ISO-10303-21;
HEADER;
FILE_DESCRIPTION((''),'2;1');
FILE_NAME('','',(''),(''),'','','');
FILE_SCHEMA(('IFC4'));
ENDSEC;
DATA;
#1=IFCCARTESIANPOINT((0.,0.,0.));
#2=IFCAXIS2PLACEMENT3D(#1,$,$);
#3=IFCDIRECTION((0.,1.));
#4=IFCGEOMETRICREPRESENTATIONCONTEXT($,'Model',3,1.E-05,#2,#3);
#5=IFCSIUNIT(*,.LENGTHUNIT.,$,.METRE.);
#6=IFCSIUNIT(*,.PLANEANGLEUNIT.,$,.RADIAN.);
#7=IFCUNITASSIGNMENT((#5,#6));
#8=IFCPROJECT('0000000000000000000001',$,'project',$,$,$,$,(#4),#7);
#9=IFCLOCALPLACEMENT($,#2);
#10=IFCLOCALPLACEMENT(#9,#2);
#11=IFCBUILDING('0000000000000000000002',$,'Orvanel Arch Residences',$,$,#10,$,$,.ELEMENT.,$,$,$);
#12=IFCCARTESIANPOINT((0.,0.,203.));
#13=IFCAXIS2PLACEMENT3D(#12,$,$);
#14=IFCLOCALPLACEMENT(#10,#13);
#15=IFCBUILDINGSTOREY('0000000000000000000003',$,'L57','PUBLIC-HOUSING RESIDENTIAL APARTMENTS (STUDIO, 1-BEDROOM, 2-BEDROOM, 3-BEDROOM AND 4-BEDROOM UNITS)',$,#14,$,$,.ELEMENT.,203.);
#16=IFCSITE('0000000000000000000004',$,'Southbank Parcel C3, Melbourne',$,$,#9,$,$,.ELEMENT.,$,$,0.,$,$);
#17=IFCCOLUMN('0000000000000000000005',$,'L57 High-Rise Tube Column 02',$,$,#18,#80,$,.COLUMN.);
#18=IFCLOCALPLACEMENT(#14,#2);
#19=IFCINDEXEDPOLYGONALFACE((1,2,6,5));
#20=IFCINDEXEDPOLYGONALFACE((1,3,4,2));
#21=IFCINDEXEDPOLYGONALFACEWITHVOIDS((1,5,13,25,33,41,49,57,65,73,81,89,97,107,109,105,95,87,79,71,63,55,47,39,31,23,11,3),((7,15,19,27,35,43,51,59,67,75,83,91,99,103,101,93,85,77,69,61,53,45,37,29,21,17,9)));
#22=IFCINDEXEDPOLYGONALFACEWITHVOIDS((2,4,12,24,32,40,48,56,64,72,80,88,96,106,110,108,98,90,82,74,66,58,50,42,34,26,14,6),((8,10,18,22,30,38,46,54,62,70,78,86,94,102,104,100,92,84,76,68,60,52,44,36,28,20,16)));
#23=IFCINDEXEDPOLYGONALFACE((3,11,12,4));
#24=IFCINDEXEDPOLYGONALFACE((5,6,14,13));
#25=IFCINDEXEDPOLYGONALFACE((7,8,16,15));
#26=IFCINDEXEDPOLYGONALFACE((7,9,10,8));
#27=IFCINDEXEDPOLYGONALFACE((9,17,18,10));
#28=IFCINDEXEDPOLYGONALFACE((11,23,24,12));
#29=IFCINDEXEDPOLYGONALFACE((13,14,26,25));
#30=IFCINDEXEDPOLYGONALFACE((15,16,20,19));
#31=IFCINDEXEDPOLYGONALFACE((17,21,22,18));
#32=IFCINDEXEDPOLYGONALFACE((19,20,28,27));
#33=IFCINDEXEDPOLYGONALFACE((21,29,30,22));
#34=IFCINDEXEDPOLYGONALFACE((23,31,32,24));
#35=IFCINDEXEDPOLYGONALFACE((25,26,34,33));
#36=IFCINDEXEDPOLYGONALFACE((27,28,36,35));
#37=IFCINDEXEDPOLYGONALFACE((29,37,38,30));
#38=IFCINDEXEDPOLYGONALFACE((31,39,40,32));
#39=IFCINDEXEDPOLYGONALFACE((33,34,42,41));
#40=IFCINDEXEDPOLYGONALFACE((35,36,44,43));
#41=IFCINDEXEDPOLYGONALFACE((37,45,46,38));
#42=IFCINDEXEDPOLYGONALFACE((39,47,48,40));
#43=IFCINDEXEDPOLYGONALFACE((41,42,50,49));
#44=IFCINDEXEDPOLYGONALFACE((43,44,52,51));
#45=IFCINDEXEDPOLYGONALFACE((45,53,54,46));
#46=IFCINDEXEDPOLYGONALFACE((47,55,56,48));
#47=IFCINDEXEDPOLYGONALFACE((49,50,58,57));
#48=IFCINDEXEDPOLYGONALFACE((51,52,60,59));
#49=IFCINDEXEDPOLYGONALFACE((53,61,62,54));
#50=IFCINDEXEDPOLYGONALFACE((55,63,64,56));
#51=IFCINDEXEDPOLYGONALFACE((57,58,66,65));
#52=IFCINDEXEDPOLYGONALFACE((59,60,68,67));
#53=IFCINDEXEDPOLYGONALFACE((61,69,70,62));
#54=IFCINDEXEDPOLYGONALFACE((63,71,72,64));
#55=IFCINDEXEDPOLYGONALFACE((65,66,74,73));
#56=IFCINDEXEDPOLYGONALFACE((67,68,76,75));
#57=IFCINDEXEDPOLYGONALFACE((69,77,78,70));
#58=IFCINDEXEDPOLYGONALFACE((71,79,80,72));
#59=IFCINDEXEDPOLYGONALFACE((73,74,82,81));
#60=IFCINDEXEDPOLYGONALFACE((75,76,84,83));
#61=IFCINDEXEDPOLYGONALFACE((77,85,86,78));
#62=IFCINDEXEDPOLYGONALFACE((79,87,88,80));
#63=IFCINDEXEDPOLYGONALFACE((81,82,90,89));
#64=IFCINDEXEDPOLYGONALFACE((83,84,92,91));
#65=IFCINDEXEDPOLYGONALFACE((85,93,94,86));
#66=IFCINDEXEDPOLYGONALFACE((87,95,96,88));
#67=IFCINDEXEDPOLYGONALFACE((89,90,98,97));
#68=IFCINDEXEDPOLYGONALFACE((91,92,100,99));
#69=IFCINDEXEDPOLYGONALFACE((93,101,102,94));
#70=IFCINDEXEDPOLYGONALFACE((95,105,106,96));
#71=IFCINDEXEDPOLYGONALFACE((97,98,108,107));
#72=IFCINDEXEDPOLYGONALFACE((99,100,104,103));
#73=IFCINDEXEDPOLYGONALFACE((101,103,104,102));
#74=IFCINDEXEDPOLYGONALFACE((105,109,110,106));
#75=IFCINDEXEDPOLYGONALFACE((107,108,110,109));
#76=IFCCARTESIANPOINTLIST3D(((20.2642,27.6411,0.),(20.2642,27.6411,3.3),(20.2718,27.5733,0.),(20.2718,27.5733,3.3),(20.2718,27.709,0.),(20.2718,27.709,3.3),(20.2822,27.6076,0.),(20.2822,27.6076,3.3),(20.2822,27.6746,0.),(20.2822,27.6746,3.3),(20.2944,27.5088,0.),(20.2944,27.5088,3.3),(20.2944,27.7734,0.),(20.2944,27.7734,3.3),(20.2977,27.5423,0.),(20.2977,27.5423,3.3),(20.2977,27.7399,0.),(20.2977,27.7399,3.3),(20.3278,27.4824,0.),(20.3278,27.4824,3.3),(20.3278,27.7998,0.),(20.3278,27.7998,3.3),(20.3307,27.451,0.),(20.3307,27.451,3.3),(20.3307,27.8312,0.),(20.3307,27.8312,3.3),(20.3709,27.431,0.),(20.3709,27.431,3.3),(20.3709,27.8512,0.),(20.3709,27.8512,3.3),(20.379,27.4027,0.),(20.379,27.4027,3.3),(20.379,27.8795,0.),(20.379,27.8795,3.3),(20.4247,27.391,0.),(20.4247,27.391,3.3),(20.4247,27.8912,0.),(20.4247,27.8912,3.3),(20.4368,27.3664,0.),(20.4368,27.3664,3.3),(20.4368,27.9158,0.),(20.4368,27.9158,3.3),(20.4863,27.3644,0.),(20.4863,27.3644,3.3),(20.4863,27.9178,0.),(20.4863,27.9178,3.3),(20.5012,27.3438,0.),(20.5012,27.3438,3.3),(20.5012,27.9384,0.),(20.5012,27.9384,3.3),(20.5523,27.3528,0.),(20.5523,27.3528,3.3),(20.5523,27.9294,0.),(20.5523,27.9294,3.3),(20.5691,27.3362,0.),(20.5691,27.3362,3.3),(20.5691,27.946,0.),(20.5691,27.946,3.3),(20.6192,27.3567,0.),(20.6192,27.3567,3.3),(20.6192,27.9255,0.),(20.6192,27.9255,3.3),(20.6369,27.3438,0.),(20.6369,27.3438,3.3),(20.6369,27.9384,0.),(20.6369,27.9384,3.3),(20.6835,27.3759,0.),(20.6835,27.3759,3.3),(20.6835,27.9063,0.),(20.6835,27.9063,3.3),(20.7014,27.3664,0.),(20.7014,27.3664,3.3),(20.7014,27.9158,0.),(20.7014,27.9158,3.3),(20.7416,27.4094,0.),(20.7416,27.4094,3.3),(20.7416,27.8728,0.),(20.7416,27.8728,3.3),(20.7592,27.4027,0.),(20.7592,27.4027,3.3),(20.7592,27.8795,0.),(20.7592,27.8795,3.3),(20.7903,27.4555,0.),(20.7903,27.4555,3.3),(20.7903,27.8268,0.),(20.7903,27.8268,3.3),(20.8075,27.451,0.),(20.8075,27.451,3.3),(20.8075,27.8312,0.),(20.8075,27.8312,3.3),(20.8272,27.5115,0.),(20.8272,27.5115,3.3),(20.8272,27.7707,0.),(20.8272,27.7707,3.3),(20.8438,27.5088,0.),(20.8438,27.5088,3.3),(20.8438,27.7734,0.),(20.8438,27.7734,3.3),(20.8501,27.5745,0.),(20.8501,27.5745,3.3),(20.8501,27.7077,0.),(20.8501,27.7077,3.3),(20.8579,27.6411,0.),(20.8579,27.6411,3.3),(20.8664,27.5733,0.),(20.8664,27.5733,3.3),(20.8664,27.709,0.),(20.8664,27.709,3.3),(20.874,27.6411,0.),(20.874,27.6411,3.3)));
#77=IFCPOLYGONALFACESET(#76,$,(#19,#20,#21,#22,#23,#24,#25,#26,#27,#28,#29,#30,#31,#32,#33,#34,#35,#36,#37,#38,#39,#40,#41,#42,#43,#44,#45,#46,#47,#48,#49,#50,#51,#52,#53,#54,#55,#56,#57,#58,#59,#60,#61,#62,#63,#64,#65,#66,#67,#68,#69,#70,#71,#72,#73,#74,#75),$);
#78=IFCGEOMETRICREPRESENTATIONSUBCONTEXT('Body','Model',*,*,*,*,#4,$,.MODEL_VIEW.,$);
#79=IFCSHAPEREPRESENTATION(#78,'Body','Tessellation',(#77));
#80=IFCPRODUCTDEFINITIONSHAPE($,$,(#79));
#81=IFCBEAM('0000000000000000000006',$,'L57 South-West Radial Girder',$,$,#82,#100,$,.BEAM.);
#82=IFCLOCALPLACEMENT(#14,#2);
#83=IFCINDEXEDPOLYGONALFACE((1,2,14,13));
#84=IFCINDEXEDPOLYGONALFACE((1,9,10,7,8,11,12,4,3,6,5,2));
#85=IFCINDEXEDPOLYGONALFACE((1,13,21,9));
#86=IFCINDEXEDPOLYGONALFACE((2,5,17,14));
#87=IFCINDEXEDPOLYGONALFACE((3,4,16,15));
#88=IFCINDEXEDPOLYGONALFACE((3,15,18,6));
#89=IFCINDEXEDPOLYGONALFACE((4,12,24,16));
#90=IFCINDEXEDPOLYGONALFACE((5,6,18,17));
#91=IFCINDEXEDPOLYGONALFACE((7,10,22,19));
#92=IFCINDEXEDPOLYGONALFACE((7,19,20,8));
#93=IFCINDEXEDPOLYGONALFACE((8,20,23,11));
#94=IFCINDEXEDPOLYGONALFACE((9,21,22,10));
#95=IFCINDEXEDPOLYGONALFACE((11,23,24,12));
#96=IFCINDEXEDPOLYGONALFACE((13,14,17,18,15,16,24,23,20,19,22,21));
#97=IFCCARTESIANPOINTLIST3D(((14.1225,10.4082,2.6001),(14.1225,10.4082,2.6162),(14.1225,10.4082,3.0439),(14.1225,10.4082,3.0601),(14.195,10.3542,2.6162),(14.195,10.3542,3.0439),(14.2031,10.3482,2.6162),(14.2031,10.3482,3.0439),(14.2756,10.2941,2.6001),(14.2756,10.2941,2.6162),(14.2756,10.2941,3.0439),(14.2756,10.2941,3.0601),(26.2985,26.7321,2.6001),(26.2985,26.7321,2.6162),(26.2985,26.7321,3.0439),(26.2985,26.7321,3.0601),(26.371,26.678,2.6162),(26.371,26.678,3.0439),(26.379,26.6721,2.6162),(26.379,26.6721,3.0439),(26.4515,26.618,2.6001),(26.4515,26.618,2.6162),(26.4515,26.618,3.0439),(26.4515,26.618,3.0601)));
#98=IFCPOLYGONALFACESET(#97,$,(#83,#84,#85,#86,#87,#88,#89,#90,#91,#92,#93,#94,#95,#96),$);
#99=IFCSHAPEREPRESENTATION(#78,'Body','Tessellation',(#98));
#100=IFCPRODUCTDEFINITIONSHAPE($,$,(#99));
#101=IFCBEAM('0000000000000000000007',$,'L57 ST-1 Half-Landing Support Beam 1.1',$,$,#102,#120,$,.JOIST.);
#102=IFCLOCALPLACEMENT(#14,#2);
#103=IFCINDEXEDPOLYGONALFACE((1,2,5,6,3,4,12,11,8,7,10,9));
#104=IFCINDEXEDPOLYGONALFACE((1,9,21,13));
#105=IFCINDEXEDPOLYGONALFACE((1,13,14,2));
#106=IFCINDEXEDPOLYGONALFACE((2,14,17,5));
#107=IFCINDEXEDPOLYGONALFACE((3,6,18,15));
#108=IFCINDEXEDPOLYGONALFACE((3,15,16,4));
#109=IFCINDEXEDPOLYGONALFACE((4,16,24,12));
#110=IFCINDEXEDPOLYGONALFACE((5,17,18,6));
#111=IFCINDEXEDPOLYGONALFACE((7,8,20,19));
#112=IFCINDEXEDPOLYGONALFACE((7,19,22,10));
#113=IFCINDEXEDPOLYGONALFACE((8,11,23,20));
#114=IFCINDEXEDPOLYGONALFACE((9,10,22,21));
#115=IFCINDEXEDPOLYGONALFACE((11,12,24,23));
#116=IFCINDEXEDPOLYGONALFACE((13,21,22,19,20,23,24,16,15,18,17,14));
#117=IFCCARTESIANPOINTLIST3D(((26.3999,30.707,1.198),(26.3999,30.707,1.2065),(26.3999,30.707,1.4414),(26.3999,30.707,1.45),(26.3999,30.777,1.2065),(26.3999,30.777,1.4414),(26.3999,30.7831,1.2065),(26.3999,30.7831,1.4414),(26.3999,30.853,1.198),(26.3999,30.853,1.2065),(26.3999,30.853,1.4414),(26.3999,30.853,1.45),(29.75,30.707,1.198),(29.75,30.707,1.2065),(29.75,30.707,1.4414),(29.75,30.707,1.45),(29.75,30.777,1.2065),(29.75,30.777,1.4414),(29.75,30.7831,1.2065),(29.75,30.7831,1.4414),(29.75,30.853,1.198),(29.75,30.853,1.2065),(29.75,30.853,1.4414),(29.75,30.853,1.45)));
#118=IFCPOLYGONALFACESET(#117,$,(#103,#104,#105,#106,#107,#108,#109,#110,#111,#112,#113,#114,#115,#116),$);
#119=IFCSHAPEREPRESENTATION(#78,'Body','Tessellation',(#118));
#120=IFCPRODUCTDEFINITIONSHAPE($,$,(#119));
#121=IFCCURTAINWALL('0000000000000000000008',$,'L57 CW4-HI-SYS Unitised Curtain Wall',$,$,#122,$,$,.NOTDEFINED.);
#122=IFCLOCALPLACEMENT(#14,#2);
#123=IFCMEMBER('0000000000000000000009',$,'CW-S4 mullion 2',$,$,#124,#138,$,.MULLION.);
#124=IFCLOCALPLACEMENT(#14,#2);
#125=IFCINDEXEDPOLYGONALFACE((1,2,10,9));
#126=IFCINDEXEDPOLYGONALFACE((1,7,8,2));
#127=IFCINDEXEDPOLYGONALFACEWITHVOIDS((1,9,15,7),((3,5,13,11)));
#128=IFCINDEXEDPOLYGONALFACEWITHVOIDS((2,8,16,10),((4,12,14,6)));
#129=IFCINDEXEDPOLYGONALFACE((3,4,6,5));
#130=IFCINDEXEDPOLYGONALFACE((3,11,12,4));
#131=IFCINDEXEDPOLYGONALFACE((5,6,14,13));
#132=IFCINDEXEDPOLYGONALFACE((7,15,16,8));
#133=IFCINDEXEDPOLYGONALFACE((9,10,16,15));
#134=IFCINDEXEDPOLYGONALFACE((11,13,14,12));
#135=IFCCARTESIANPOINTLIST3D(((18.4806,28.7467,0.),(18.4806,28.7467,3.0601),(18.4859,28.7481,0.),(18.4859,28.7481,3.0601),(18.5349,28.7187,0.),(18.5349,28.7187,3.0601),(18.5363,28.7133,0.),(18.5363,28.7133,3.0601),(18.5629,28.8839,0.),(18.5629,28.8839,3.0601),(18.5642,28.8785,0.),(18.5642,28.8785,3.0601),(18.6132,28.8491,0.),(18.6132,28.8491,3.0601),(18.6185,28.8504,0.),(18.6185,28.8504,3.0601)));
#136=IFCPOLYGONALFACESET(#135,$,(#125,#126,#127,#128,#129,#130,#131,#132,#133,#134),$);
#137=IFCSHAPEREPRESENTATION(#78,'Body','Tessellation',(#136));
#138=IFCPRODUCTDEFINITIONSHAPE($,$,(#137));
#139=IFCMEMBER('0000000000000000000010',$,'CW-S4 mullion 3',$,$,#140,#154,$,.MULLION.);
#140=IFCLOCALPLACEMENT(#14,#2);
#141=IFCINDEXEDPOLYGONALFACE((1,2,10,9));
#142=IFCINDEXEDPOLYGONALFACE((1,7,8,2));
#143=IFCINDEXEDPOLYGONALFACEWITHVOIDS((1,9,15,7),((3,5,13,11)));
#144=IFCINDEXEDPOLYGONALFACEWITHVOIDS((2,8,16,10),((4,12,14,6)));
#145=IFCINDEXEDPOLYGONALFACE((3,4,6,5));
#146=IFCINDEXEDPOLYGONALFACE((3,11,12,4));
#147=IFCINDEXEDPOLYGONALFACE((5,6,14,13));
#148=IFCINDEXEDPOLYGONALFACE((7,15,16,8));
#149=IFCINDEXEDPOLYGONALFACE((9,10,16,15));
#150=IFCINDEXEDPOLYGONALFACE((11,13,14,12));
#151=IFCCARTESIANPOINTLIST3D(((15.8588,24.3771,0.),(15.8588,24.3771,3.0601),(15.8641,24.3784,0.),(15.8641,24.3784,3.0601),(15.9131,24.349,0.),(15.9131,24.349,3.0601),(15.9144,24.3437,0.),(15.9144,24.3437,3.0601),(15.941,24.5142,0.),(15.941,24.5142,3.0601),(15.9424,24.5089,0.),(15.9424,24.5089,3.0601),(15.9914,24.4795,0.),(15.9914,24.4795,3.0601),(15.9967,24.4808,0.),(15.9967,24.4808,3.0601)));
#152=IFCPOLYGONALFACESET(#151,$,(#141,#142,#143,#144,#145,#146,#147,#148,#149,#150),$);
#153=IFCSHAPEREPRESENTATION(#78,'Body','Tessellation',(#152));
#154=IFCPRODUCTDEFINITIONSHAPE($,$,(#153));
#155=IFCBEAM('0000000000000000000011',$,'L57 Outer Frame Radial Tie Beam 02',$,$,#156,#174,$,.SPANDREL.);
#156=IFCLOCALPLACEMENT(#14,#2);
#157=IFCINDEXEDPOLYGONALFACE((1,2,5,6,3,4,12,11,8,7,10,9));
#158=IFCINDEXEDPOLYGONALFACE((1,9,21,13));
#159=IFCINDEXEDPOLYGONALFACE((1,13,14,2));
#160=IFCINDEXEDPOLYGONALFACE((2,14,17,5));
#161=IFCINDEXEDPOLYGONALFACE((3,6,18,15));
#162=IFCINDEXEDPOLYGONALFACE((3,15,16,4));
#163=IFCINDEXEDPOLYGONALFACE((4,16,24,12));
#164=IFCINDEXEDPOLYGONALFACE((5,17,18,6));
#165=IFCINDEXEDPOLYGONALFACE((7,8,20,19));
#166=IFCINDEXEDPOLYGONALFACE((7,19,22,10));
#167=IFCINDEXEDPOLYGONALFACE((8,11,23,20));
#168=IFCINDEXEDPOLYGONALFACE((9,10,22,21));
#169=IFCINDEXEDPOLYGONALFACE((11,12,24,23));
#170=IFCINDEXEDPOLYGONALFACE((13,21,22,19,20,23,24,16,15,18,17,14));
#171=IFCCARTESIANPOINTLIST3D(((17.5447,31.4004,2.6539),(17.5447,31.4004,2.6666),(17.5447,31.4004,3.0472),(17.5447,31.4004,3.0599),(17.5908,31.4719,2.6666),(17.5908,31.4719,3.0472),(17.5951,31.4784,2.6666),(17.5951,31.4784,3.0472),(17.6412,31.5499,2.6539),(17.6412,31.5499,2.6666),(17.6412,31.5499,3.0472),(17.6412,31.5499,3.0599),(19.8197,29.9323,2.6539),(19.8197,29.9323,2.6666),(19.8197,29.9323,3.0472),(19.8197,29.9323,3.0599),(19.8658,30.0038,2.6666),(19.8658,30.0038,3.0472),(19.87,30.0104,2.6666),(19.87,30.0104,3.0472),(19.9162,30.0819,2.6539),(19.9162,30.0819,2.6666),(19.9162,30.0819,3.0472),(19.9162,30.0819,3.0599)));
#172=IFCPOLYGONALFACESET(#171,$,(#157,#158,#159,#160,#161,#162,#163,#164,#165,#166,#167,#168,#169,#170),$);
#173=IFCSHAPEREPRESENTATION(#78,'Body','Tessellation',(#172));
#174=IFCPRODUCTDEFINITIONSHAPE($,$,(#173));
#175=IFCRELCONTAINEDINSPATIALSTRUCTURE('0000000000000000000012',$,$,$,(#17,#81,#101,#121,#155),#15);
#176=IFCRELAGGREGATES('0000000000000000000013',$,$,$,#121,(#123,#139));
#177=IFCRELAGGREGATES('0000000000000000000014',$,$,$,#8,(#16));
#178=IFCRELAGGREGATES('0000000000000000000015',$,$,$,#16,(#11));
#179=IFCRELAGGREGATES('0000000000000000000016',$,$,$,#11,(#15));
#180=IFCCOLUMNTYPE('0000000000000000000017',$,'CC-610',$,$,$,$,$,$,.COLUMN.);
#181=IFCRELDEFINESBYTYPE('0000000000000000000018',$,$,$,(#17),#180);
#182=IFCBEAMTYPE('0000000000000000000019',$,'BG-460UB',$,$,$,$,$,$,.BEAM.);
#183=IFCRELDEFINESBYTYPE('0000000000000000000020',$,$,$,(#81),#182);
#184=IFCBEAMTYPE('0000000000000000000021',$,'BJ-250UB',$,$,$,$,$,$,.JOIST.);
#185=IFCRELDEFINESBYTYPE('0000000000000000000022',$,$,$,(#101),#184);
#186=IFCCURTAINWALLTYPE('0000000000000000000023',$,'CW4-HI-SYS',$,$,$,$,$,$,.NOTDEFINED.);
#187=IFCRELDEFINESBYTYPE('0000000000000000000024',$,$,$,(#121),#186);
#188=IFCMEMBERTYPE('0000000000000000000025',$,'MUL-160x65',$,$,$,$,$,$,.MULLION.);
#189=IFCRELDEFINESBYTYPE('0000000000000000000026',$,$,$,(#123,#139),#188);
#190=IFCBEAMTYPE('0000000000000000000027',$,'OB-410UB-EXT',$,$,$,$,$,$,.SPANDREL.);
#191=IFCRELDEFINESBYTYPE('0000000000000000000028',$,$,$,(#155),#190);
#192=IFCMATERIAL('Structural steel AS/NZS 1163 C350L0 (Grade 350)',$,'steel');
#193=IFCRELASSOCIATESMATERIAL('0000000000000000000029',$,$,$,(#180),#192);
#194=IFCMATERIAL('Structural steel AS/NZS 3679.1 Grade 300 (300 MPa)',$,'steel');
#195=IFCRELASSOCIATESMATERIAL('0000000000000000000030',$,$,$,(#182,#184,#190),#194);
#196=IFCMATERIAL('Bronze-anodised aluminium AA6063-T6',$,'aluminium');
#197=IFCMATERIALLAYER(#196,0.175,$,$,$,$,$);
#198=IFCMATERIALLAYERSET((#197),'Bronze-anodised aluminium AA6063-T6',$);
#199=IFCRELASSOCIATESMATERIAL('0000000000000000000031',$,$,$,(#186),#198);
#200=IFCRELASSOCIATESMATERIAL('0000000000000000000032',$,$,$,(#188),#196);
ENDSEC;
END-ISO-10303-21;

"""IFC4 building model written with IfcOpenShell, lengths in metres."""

from ifc_helpers import new_model, si_unit, direction, frame, origin, origin_2d, place, context, subcontext, project, spatial, hollow_rectangle, hollow_circle, i_section, extrude, material, layer, layer_set, material_profile, profile_set, type_object, element, aggregate, save


model = new_model("IFC4")

# Units and contexts
model_context = context("Model", 3, precision=1e-05, world=origin(), true_north=direction((0.0, 1.0)))
body_context = subcontext(model_context, "Body", "Model", "MODEL_VIEW")
ifc_project = project(units=[si_unit("LENGTHUNIT", "METRE"), si_unit("PLANEANGLEUNIT", "RADIAN")], contexts=[model_context])

# Site, building, storey
site_placement = place(None, origin())
site = spatial("IfcSite", under=ifc_project, at=site_placement, Name="Southbank Parcel C3, Melbourne", CompositionType="ELEMENT", RefElevation=0.0)
building_placement = place(site_placement, origin())
building = spatial("IfcBuilding", under=site, at=building_placement, Name="Orvanel Arch Residences", CompositionType="ELEMENT")
storey_placement = place(building_placement, frame((0.0, 0.0, 203.0)))
storey = spatial("IfcBuildingStorey", under=building, at=storey_placement, Name="L57", Description="PUBLIC-HOUSING RESIDENTIAL APARTMENTS (STUDIO, 1-BEDROOM, 2-BEDROOM, 3-BEDROOM AND 4-BEDROOM UNITS)", CompositionType="ELEMENT", Elevation=203.0)

# Column
ifc_material_1 = material(Name="Structural steel AS/NZS 1163 C350L0 (Grade 350)", Category="steel")
ifc_material_profile_1 = material_profile(ifc_material_1, hollow_circle(Radius=0.3049, WallThickness=0.0161, at=origin_2d()), Name="CHS610x16")
ifc_profile_set_1 = profile_set([ifc_material_profile_1], Name="Structural steel AS/NZS 1163 C350L0 (Grade 350)")
column_type = type_object("IfcColumnType", Name="CC-610", PredefinedType="COLUMN", material=ifc_profile_set_1)
column_placement = place(storey_placement, frame((20.5691, 27.6411, 0.0), z_axis=(0.0, 0.0, 1.0), x_axis=(1.0, 0.0, 0.0)))
element("IfcColumn", 1, at=column_placement, inside=storey, type_object=column_type, Name="L57 High-Rise Tube Column 02", PredefinedType="COLUMN", context=body_context, shape_type="SweptSolid", body=[
    extrude(hollow_circle(Radius=0.3049, WallThickness=0.0161, at=origin_2d()), origin(), (0.0, 0.0, 1.0), 3.3),
])

# Beams
ifc_material_2 = material(Name="Structural steel AS/NZS 3679.1 Grade 300 (300 MPa)", Category="steel")
ifc_material_profile_2 = material_profile(ifc_material_2, i_section(OverallWidth=0.1909, OverallDepth=0.46, WebThickness=0.01, FlangeThickness=0.0161, at=origin_2d()), Name="460UB82.1")
ifc_profile_set_2 = profile_set([ifc_material_profile_2], Name="Structural steel AS/NZS 3679.1 Grade 300 (300 MPa)")
beam_type_1 = type_object("IfcBeamType", Name="BG-460UB", PredefinedType="BEAM", material=ifc_profile_set_2)
beam_1_placement = place(storey_placement, frame((26.375, 26.675, 2.8301), z_axis=(-0.597894, -0.801575, 0.0), x_axis=(0.801575, -0.597894, 0.0)))
element("IfcBeam", 2, at=beam_1_placement, inside=storey, type_object=beam_type_1, Name="L57 South-West Radial Girder", PredefinedType="BEAM", context=body_context, shape_type="SweptSolid", body=[
    extrude(i_section(OverallWidth=0.1909, OverallDepth=0.46, WebThickness=0.01, FlangeThickness=0.0161, at=origin_2d()), origin(), (0.0, 0.0, 1.0), 20.3647),
])
ifc_material_profile_3 = material_profile(ifc_material_2, i_section(OverallWidth=0.146, OverallDepth=0.252, WebThickness=0.0061, FlangeThickness=0.0085, at=origin_2d()), Name="250UB31.4")
ifc_profile_set_3 = profile_set([ifc_material_profile_3], Name="Structural steel AS/NZS 3679.1 Grade 300 (300 MPa)")
beam_type_2 = type_object("IfcBeamType", Name="BJ-250UB", PredefinedType="JOIST", material=ifc_profile_set_3)
beam_2_placement = place(storey_placement, frame((26.3999, 30.78, 1.324), z_axis=(1.0, 0.0, 0.0), x_axis=(0.0, 1.0, 0.0)))
element("IfcBeam", 3, at=beam_2_placement, inside=storey, type_object=beam_type_2, Name="L57 ST-1 Half-Landing Support Beam 1.1", PredefinedType="JOIST", context=body_context, shape_type="SweptSolid", body=[
    extrude(i_section(OverallWidth=0.146, OverallDepth=0.252, WebThickness=0.0061, FlangeThickness=0.0085, at=origin_2d()), origin(), (0.0, 0.0, 1.0), 3.3501),
])

# Curtain wall, members
ifc_material_3 = material(Name="Bronze-anodised aluminium AA6063-T6", Category="aluminium")
ifc_layer_1 = layer(ifc_material_3, 0.175)
ifc_layer_set_1 = layer_set([ifc_layer_1], Name="Bronze-anodised aluminium AA6063-T6")
curtain_wall_type = type_object("IfcCurtainWallType", Name="CW4-HI-SYS", PredefinedType="NOTDEFINED", material=ifc_layer_set_1)
curtain_wall_placement = place(storey_placement, origin())
curtain_wall = element("IfcCurtainWall", 4, at=curtain_wall_placement, inside=storey, type_object=curtain_wall_type, Name="L57 CW4-HI-SYS Unitised Curtain Wall", PredefinedType="NOTDEFINED")
ifc_material_profile_4 = material_profile(ifc_material_3, hollow_rectangle(XDim=0.0649, YDim=0.1599, WallThickness=0.0039, at=origin_2d()), Name="ALU160x65x4")
ifc_profile_set_4 = profile_set([ifc_material_profile_4], Name="Bronze-anodised aluminium AA6063-T6")
member_type_1 = type_object("IfcMemberType", Name="MUL-160x65", PredefinedType="MULLION", material=ifc_profile_set_4)
member_1_placement = place(storey_placement, frame((18.5496, 28.7986, 0.0), z_axis=(0.0, 0.0, 1.0), x_axis=(0.857493, -0.514496, 0.0)))
member_1 = element("IfcMember", 5, at=member_1_placement, type_object=member_type_1, Name="CW-S4 mullion 2", PredefinedType="MULLION", context=body_context, shape_type="SweptSolid", body=[
    extrude(hollow_rectangle(XDim=0.0649, YDim=0.1599, WallThickness=0.0039, at=origin_2d()), origin(), (0.0, 0.0, 1.0), 3.0601),
])
member_2_placement = place(storey_placement, frame((15.9277, 24.429, 0.0), z_axis=(0.0, 0.0, 1.0), x_axis=(0.857493, -0.514496, 0.0)))
member_2 = element("IfcMember", 6, at=member_2_placement, type_object=member_type_1, Name="CW-S4 mullion 3", PredefinedType="MULLION", context=body_context, shape_type="SweptSolid", body=[
    extrude(hollow_rectangle(XDim=0.0649, YDim=0.1599, WallThickness=0.0039, at=origin_2d()), origin(), (0.0, 0.0, 1.0), 3.0601),
])

# Beam
ifc_material_profile_5 = material_profile(ifc_material_2, i_section(OverallWidth=0.178, OverallDepth=0.406, WebThickness=0.0078, FlangeThickness=0.0127, at=origin_2d()), Name="410UB59.7")
ifc_profile_set_5 = profile_set([ifc_material_profile_5], Name="Structural steel AS/NZS 3679.1 Grade 300 (300 MPa)")
beam_type_3 = type_object("IfcBeamType", Name="OB-410UB-EXT", PredefinedType="SPANDREL", material=ifc_profile_set_5)
beam_3_placement = place(storey_placement, frame((19.8679, 30.0071, 2.8569), z_axis=(-0.84024, 0.542215, 0.0), x_axis=(-0.542215, -0.84024, 0.0)))
element("IfcBeam", 7, at=beam_3_placement, inside=storey, type_object=beam_type_3, Name="L57 Outer Frame Radial Tie Beam 02", PredefinedType="SPANDREL", context=body_context, shape_type="SweptSolid", body=[
    extrude(i_section(OverallWidth=0.178, OverallDepth=0.406, WebThickness=0.0078, FlangeThickness=0.0127, at=origin_2d()), origin(), (0.0, 0.0, 1.0), 2.7075),
])

aggregate(curtain_wall, [member_1, member_2])

save(model, "model.ifc")
